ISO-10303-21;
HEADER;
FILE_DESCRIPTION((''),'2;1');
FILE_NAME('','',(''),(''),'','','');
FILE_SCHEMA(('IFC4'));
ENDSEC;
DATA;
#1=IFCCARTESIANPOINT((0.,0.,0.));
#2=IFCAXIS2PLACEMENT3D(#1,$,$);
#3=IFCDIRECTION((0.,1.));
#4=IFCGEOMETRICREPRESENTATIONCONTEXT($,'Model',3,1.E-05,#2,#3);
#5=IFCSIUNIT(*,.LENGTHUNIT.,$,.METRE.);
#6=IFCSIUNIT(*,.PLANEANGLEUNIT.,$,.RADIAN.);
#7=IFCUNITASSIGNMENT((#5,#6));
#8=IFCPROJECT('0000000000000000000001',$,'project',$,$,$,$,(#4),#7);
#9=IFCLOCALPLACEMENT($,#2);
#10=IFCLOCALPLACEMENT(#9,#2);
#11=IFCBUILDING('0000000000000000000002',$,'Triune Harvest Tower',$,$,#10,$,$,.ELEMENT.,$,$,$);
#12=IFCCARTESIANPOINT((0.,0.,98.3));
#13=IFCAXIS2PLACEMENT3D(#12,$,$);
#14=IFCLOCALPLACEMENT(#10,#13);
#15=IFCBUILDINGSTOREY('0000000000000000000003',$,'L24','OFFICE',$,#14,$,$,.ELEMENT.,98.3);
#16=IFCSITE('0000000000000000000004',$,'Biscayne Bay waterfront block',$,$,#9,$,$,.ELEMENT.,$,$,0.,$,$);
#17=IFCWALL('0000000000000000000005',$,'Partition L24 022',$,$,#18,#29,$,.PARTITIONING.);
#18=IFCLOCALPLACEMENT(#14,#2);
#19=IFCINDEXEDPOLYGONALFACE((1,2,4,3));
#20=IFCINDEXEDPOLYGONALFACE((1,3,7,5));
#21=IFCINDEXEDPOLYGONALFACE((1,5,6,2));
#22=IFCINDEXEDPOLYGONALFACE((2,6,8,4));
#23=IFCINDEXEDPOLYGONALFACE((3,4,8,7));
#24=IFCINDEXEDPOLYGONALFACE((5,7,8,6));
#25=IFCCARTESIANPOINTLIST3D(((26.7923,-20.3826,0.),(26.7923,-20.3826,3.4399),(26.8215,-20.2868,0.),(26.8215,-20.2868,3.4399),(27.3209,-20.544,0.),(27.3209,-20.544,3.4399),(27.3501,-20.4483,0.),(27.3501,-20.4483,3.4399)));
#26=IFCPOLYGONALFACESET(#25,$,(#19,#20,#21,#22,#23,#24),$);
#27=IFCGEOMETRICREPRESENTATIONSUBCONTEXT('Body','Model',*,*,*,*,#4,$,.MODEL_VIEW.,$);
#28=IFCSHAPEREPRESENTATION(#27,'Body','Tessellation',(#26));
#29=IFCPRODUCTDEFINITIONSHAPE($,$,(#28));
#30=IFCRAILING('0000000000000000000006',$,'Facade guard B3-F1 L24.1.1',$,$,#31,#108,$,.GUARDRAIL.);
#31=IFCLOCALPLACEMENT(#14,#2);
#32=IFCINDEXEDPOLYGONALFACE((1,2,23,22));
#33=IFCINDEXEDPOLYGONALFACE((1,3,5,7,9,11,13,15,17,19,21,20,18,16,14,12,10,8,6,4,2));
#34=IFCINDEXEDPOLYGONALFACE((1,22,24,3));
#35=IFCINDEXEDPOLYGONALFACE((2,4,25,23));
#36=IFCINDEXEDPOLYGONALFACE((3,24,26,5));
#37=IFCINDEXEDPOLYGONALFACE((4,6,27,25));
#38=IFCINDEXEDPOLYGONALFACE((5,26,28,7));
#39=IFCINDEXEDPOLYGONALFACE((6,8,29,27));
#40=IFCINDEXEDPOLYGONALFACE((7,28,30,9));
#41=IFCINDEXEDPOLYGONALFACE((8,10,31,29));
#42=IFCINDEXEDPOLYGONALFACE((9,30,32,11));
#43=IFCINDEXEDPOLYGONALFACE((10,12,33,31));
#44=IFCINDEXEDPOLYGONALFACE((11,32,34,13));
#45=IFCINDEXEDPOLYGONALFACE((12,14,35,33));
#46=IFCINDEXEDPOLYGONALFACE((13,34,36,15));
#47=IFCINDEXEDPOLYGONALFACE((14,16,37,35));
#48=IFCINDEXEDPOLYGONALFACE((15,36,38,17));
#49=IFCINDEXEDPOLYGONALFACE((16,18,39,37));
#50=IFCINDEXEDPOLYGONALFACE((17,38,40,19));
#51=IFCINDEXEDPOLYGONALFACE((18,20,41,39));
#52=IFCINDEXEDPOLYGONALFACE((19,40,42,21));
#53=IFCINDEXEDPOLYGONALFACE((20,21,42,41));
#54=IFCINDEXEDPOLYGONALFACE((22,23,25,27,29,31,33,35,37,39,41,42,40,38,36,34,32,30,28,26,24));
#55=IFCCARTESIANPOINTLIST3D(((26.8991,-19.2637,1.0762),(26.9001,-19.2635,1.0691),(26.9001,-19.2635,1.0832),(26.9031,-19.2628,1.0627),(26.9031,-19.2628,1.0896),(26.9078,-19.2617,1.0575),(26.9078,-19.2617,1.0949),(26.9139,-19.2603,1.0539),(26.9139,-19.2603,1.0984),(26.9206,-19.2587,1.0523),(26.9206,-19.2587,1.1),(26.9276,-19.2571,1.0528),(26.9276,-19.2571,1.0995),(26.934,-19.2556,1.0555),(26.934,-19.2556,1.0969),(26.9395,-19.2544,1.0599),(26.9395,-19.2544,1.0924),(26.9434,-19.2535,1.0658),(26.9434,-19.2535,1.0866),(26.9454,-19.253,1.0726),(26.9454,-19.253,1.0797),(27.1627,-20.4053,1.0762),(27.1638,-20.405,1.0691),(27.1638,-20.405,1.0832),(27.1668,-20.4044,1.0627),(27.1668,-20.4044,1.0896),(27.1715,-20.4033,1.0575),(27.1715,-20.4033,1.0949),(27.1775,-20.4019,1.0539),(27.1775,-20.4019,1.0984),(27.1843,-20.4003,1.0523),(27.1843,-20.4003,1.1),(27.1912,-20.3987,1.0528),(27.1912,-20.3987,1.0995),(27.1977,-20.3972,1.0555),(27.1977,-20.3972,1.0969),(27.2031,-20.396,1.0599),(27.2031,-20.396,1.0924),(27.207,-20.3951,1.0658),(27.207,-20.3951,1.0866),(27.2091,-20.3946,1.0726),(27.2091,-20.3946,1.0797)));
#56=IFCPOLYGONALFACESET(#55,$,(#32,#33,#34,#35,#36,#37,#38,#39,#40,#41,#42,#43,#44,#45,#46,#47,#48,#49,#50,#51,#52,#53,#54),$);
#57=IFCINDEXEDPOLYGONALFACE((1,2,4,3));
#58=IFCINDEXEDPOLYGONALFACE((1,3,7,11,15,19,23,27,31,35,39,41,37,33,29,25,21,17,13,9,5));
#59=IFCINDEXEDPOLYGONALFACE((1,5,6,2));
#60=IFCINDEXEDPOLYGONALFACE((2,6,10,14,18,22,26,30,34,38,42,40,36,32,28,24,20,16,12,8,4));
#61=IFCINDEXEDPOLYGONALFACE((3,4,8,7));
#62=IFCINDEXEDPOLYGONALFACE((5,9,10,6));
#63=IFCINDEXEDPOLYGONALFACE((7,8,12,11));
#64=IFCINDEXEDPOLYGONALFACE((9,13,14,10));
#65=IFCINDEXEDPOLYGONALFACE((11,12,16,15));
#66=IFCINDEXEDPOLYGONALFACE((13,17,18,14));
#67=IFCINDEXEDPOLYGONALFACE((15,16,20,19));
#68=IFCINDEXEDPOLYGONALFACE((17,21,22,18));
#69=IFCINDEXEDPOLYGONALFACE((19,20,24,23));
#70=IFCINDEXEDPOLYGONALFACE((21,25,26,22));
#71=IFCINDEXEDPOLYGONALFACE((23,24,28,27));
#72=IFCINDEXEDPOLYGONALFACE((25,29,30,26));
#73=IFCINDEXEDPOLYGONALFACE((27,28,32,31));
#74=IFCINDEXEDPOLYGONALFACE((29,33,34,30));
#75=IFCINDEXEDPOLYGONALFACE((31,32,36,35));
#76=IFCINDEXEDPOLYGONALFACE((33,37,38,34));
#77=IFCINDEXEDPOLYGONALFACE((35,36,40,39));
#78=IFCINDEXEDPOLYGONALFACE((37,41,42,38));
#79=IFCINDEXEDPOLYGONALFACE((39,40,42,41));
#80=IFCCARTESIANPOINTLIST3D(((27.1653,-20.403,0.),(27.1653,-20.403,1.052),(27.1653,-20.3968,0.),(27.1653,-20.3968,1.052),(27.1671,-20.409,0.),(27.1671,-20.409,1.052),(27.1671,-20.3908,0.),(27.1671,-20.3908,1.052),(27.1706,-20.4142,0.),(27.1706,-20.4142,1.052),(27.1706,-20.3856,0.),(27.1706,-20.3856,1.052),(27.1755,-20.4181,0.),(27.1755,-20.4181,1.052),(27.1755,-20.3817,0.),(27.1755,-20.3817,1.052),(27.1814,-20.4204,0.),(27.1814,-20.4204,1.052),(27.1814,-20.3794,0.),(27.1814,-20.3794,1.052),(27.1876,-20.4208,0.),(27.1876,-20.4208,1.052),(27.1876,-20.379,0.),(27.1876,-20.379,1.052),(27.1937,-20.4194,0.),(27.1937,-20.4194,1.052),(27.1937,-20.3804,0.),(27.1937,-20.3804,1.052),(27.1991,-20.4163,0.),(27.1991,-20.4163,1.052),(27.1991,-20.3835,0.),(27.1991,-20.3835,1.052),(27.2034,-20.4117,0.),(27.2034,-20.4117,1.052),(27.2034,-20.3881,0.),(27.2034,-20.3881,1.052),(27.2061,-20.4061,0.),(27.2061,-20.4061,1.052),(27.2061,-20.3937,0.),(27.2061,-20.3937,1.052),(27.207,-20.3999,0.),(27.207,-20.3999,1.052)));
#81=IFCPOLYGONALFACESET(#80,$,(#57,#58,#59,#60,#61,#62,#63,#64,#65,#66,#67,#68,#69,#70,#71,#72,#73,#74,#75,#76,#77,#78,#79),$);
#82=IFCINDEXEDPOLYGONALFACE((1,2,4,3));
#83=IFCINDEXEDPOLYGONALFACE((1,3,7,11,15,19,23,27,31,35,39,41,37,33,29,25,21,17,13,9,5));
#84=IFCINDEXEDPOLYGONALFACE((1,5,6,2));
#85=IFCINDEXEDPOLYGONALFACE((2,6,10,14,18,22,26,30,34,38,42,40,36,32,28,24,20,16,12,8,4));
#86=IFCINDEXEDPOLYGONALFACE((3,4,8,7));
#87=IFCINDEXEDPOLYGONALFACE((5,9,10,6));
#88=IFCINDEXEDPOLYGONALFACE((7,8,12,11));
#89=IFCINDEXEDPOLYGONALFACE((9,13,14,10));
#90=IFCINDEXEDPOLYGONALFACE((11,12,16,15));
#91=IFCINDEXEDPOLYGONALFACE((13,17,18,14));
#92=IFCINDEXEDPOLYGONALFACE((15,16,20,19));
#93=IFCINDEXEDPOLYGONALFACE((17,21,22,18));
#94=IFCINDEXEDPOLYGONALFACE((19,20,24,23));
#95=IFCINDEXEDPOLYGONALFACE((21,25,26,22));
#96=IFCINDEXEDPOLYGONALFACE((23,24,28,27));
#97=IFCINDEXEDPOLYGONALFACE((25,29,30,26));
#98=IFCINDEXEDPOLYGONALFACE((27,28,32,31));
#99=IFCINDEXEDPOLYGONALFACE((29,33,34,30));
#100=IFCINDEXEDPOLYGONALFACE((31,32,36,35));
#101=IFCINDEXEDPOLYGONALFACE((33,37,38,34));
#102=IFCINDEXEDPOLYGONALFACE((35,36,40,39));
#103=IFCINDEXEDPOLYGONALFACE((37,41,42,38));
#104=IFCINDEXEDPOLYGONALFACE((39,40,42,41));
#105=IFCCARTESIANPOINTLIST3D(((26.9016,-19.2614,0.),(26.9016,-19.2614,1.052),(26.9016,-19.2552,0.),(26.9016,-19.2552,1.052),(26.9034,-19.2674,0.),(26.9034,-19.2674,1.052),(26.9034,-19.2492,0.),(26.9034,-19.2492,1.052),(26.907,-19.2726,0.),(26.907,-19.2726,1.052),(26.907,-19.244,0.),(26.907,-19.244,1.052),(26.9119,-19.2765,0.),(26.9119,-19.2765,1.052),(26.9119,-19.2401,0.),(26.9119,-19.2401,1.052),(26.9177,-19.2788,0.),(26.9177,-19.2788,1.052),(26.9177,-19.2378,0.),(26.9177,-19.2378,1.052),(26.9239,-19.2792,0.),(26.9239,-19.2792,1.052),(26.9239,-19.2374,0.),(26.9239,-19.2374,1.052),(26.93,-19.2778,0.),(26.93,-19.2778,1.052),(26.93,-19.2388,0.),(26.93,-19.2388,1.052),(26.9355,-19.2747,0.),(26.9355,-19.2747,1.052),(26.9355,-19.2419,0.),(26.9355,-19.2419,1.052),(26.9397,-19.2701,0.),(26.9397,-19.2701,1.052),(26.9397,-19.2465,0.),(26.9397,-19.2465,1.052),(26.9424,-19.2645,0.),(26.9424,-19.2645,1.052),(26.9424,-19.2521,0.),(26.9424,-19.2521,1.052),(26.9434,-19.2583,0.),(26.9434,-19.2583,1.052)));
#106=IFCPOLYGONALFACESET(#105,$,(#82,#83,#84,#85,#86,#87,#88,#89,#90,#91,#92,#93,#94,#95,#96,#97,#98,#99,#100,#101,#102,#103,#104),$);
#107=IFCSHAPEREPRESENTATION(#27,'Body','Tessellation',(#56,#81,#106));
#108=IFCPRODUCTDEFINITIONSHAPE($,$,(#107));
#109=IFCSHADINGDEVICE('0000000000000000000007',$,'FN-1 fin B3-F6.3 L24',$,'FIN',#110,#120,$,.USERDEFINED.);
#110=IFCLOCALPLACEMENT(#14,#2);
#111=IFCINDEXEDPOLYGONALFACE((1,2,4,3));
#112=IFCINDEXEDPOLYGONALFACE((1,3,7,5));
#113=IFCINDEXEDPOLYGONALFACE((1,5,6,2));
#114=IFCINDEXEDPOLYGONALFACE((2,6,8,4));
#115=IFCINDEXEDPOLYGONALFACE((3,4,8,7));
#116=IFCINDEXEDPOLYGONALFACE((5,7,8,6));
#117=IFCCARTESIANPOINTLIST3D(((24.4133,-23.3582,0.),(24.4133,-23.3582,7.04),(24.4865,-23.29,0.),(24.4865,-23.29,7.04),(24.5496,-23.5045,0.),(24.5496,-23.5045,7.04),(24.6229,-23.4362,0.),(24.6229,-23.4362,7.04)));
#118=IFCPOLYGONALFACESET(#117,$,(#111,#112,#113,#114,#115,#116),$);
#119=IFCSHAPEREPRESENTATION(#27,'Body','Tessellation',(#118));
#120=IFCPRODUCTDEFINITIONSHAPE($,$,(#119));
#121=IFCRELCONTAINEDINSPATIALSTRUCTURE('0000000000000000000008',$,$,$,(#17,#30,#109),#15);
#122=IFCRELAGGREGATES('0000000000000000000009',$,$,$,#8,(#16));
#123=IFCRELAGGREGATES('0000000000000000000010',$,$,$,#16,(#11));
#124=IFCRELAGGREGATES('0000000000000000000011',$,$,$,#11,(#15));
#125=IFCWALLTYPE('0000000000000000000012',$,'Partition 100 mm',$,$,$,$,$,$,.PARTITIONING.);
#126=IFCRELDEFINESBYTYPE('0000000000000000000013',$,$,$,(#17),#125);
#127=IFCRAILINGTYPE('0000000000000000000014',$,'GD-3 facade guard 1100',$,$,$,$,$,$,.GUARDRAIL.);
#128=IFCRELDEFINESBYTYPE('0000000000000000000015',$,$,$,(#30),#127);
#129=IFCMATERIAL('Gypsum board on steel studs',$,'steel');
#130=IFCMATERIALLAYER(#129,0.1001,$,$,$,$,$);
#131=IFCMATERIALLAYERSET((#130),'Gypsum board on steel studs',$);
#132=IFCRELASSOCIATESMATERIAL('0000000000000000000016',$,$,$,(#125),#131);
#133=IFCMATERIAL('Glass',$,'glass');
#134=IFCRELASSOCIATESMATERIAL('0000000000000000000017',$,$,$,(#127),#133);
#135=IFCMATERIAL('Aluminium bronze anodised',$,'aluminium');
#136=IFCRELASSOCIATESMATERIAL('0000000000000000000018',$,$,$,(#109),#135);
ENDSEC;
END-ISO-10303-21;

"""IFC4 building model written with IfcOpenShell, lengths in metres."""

from ifc_helpers import new_model, si_unit, direction, frame, frame_2d, origin, origin_2d, place, context, subcontext, project, spatial, rectangle, circle, extrude, source, transform, mapped, material, layer, layer_set, type_object, element, save


model = new_model("IFC4")

# Units and contexts
model_context = context("Model", 3, precision=1e-05, world=origin(), true_north=direction((0.0, 1.0)))
body_context = subcontext(model_context, "Body", "Model", "MODEL_VIEW")
ifc_project = project(units=[si_unit("LENGTHUNIT", "METRE"), si_unit("PLANEANGLEUNIT", "RADIAN")], contexts=[model_context])

# Site, building, storey
site_placement = place(None, origin())
site = spatial("IfcSite", under=ifc_project, at=site_placement, Name="Biscayne Bay waterfront block", CompositionType="ELEMENT", RefElevation=0.0)
building_placement = place(site_placement, origin())
building = spatial("IfcBuilding", under=site, at=building_placement, Name="Triune Harvest Tower", CompositionType="ELEMENT")
storey_placement = place(building_placement, frame((0.0, 0.0, 98.3)))
storey = spatial("IfcBuildingStorey", under=building, at=storey_placement, Name="L24", Description="OFFICE", CompositionType="ELEMENT", Elevation=98.3)

# Wall
ifc_material_1 = material(Name="Gypsum board on steel studs", Category="steel")
ifc_layer_1 = layer(ifc_material_1, 0.1001)
ifc_layer_set_1 = layer_set([ifc_layer_1], Name="Gypsum board on steel studs")
wall_type = type_object("IfcWallType", Name="Partition 100 mm", PredefinedType="PARTITIONING", material=ifc_layer_set_1)
shared_shape_1 = source(origin(), body_context, "Body", "SweptSolid", [
    extrude(rectangle(XDim=0.5527, YDim=0.1001, at=frame_2d((0.2764, 0.0))), origin(), (0.0, 0.0, 1.0), 3.4399),
])
wall_1_placement = place(storey_placement, frame((26.8069, -20.3347, 0.0), z_axis=(0.0, 0.0, 1.0), x_axis=(0.956417, -0.292005, 0.0)))
element("IfcWall", 1, at=wall_1_placement, inside=storey, type_object=wall_type, Name="Partition L24 022", PredefinedType="PARTITIONING", context=body_context, shape_type="MappedRepresentation", body=[
    mapped(shared_shape_1, transform((0.0, 0.0, 0.0), scale=1.0)),
])

# Railing
ifc_material_2 = material(Name="Glass", Category="glass")
railing_type = type_object("IfcRailingType", Name="GD-3 facade guard 1100", PredefinedType="GUARDRAIL", material=ifc_material_2)
railing_placement = place(storey_placement, frame((27.186, -20.3999, 0.0)))
element("IfcRailing", 2, at=railing_placement, inside=storey, type_object=railing_type, Name="Facade guard B3-F1 L24.1.1", PredefinedType="GUARDRAIL", context=body_context, shape_type="SweptSolid", body=[
    extrude(circle(Radius=0.0239, at=origin_2d()), frame((0.0, 0.0, 1.0762), z_axis=(-0.225042, 0.974349, 0.0), x_axis=(-0.974349, -0.225042, 0.0)), (0.0, 0.0, 1.0), 1.1716),
    extrude(circle(Radius=0.021, at=origin_2d()), origin(), (0.0, 0.0, 1.0), 1.052),
    extrude(circle(Radius=0.021, at=origin_2d()), frame((-0.2637, 1.1416, 0.0)), (0.0, 0.0, 1.0), 1.052),
])

# Shading device
ifc_material_3 = material(Name="Aluminium bronze anodised", Category="aluminium")
shared_shape_2 = source(origin(), body_context, "Body", "SweptSolid", [
    extrude(rectangle(XDim=0.1001, YDim=0.2, at=origin_2d()), origin(), (0.0, 0.0, 1.0), 7.04),
])
shading_device_placement = place(storey_placement, frame((24.5181, -23.3972, 0.0), z_axis=(0.0, 0.0, 1.0), x_axis=(0.73135, 0.682002, 0.0)))
element("IfcShadingDevice", 3, at=shading_device_placement, inside=storey, material=ifc_material_3, Name="FN-1 fin B3-F6.3 L24", ObjectType="FIN", PredefinedType="USERDEFINED", context=body_context, shape_type="MappedRepresentation", body=[
    mapped(shared_shape_2, transform((0.0, 0.0, 0.0), scale=1.0)),
])

save(model, "model.ifc")
